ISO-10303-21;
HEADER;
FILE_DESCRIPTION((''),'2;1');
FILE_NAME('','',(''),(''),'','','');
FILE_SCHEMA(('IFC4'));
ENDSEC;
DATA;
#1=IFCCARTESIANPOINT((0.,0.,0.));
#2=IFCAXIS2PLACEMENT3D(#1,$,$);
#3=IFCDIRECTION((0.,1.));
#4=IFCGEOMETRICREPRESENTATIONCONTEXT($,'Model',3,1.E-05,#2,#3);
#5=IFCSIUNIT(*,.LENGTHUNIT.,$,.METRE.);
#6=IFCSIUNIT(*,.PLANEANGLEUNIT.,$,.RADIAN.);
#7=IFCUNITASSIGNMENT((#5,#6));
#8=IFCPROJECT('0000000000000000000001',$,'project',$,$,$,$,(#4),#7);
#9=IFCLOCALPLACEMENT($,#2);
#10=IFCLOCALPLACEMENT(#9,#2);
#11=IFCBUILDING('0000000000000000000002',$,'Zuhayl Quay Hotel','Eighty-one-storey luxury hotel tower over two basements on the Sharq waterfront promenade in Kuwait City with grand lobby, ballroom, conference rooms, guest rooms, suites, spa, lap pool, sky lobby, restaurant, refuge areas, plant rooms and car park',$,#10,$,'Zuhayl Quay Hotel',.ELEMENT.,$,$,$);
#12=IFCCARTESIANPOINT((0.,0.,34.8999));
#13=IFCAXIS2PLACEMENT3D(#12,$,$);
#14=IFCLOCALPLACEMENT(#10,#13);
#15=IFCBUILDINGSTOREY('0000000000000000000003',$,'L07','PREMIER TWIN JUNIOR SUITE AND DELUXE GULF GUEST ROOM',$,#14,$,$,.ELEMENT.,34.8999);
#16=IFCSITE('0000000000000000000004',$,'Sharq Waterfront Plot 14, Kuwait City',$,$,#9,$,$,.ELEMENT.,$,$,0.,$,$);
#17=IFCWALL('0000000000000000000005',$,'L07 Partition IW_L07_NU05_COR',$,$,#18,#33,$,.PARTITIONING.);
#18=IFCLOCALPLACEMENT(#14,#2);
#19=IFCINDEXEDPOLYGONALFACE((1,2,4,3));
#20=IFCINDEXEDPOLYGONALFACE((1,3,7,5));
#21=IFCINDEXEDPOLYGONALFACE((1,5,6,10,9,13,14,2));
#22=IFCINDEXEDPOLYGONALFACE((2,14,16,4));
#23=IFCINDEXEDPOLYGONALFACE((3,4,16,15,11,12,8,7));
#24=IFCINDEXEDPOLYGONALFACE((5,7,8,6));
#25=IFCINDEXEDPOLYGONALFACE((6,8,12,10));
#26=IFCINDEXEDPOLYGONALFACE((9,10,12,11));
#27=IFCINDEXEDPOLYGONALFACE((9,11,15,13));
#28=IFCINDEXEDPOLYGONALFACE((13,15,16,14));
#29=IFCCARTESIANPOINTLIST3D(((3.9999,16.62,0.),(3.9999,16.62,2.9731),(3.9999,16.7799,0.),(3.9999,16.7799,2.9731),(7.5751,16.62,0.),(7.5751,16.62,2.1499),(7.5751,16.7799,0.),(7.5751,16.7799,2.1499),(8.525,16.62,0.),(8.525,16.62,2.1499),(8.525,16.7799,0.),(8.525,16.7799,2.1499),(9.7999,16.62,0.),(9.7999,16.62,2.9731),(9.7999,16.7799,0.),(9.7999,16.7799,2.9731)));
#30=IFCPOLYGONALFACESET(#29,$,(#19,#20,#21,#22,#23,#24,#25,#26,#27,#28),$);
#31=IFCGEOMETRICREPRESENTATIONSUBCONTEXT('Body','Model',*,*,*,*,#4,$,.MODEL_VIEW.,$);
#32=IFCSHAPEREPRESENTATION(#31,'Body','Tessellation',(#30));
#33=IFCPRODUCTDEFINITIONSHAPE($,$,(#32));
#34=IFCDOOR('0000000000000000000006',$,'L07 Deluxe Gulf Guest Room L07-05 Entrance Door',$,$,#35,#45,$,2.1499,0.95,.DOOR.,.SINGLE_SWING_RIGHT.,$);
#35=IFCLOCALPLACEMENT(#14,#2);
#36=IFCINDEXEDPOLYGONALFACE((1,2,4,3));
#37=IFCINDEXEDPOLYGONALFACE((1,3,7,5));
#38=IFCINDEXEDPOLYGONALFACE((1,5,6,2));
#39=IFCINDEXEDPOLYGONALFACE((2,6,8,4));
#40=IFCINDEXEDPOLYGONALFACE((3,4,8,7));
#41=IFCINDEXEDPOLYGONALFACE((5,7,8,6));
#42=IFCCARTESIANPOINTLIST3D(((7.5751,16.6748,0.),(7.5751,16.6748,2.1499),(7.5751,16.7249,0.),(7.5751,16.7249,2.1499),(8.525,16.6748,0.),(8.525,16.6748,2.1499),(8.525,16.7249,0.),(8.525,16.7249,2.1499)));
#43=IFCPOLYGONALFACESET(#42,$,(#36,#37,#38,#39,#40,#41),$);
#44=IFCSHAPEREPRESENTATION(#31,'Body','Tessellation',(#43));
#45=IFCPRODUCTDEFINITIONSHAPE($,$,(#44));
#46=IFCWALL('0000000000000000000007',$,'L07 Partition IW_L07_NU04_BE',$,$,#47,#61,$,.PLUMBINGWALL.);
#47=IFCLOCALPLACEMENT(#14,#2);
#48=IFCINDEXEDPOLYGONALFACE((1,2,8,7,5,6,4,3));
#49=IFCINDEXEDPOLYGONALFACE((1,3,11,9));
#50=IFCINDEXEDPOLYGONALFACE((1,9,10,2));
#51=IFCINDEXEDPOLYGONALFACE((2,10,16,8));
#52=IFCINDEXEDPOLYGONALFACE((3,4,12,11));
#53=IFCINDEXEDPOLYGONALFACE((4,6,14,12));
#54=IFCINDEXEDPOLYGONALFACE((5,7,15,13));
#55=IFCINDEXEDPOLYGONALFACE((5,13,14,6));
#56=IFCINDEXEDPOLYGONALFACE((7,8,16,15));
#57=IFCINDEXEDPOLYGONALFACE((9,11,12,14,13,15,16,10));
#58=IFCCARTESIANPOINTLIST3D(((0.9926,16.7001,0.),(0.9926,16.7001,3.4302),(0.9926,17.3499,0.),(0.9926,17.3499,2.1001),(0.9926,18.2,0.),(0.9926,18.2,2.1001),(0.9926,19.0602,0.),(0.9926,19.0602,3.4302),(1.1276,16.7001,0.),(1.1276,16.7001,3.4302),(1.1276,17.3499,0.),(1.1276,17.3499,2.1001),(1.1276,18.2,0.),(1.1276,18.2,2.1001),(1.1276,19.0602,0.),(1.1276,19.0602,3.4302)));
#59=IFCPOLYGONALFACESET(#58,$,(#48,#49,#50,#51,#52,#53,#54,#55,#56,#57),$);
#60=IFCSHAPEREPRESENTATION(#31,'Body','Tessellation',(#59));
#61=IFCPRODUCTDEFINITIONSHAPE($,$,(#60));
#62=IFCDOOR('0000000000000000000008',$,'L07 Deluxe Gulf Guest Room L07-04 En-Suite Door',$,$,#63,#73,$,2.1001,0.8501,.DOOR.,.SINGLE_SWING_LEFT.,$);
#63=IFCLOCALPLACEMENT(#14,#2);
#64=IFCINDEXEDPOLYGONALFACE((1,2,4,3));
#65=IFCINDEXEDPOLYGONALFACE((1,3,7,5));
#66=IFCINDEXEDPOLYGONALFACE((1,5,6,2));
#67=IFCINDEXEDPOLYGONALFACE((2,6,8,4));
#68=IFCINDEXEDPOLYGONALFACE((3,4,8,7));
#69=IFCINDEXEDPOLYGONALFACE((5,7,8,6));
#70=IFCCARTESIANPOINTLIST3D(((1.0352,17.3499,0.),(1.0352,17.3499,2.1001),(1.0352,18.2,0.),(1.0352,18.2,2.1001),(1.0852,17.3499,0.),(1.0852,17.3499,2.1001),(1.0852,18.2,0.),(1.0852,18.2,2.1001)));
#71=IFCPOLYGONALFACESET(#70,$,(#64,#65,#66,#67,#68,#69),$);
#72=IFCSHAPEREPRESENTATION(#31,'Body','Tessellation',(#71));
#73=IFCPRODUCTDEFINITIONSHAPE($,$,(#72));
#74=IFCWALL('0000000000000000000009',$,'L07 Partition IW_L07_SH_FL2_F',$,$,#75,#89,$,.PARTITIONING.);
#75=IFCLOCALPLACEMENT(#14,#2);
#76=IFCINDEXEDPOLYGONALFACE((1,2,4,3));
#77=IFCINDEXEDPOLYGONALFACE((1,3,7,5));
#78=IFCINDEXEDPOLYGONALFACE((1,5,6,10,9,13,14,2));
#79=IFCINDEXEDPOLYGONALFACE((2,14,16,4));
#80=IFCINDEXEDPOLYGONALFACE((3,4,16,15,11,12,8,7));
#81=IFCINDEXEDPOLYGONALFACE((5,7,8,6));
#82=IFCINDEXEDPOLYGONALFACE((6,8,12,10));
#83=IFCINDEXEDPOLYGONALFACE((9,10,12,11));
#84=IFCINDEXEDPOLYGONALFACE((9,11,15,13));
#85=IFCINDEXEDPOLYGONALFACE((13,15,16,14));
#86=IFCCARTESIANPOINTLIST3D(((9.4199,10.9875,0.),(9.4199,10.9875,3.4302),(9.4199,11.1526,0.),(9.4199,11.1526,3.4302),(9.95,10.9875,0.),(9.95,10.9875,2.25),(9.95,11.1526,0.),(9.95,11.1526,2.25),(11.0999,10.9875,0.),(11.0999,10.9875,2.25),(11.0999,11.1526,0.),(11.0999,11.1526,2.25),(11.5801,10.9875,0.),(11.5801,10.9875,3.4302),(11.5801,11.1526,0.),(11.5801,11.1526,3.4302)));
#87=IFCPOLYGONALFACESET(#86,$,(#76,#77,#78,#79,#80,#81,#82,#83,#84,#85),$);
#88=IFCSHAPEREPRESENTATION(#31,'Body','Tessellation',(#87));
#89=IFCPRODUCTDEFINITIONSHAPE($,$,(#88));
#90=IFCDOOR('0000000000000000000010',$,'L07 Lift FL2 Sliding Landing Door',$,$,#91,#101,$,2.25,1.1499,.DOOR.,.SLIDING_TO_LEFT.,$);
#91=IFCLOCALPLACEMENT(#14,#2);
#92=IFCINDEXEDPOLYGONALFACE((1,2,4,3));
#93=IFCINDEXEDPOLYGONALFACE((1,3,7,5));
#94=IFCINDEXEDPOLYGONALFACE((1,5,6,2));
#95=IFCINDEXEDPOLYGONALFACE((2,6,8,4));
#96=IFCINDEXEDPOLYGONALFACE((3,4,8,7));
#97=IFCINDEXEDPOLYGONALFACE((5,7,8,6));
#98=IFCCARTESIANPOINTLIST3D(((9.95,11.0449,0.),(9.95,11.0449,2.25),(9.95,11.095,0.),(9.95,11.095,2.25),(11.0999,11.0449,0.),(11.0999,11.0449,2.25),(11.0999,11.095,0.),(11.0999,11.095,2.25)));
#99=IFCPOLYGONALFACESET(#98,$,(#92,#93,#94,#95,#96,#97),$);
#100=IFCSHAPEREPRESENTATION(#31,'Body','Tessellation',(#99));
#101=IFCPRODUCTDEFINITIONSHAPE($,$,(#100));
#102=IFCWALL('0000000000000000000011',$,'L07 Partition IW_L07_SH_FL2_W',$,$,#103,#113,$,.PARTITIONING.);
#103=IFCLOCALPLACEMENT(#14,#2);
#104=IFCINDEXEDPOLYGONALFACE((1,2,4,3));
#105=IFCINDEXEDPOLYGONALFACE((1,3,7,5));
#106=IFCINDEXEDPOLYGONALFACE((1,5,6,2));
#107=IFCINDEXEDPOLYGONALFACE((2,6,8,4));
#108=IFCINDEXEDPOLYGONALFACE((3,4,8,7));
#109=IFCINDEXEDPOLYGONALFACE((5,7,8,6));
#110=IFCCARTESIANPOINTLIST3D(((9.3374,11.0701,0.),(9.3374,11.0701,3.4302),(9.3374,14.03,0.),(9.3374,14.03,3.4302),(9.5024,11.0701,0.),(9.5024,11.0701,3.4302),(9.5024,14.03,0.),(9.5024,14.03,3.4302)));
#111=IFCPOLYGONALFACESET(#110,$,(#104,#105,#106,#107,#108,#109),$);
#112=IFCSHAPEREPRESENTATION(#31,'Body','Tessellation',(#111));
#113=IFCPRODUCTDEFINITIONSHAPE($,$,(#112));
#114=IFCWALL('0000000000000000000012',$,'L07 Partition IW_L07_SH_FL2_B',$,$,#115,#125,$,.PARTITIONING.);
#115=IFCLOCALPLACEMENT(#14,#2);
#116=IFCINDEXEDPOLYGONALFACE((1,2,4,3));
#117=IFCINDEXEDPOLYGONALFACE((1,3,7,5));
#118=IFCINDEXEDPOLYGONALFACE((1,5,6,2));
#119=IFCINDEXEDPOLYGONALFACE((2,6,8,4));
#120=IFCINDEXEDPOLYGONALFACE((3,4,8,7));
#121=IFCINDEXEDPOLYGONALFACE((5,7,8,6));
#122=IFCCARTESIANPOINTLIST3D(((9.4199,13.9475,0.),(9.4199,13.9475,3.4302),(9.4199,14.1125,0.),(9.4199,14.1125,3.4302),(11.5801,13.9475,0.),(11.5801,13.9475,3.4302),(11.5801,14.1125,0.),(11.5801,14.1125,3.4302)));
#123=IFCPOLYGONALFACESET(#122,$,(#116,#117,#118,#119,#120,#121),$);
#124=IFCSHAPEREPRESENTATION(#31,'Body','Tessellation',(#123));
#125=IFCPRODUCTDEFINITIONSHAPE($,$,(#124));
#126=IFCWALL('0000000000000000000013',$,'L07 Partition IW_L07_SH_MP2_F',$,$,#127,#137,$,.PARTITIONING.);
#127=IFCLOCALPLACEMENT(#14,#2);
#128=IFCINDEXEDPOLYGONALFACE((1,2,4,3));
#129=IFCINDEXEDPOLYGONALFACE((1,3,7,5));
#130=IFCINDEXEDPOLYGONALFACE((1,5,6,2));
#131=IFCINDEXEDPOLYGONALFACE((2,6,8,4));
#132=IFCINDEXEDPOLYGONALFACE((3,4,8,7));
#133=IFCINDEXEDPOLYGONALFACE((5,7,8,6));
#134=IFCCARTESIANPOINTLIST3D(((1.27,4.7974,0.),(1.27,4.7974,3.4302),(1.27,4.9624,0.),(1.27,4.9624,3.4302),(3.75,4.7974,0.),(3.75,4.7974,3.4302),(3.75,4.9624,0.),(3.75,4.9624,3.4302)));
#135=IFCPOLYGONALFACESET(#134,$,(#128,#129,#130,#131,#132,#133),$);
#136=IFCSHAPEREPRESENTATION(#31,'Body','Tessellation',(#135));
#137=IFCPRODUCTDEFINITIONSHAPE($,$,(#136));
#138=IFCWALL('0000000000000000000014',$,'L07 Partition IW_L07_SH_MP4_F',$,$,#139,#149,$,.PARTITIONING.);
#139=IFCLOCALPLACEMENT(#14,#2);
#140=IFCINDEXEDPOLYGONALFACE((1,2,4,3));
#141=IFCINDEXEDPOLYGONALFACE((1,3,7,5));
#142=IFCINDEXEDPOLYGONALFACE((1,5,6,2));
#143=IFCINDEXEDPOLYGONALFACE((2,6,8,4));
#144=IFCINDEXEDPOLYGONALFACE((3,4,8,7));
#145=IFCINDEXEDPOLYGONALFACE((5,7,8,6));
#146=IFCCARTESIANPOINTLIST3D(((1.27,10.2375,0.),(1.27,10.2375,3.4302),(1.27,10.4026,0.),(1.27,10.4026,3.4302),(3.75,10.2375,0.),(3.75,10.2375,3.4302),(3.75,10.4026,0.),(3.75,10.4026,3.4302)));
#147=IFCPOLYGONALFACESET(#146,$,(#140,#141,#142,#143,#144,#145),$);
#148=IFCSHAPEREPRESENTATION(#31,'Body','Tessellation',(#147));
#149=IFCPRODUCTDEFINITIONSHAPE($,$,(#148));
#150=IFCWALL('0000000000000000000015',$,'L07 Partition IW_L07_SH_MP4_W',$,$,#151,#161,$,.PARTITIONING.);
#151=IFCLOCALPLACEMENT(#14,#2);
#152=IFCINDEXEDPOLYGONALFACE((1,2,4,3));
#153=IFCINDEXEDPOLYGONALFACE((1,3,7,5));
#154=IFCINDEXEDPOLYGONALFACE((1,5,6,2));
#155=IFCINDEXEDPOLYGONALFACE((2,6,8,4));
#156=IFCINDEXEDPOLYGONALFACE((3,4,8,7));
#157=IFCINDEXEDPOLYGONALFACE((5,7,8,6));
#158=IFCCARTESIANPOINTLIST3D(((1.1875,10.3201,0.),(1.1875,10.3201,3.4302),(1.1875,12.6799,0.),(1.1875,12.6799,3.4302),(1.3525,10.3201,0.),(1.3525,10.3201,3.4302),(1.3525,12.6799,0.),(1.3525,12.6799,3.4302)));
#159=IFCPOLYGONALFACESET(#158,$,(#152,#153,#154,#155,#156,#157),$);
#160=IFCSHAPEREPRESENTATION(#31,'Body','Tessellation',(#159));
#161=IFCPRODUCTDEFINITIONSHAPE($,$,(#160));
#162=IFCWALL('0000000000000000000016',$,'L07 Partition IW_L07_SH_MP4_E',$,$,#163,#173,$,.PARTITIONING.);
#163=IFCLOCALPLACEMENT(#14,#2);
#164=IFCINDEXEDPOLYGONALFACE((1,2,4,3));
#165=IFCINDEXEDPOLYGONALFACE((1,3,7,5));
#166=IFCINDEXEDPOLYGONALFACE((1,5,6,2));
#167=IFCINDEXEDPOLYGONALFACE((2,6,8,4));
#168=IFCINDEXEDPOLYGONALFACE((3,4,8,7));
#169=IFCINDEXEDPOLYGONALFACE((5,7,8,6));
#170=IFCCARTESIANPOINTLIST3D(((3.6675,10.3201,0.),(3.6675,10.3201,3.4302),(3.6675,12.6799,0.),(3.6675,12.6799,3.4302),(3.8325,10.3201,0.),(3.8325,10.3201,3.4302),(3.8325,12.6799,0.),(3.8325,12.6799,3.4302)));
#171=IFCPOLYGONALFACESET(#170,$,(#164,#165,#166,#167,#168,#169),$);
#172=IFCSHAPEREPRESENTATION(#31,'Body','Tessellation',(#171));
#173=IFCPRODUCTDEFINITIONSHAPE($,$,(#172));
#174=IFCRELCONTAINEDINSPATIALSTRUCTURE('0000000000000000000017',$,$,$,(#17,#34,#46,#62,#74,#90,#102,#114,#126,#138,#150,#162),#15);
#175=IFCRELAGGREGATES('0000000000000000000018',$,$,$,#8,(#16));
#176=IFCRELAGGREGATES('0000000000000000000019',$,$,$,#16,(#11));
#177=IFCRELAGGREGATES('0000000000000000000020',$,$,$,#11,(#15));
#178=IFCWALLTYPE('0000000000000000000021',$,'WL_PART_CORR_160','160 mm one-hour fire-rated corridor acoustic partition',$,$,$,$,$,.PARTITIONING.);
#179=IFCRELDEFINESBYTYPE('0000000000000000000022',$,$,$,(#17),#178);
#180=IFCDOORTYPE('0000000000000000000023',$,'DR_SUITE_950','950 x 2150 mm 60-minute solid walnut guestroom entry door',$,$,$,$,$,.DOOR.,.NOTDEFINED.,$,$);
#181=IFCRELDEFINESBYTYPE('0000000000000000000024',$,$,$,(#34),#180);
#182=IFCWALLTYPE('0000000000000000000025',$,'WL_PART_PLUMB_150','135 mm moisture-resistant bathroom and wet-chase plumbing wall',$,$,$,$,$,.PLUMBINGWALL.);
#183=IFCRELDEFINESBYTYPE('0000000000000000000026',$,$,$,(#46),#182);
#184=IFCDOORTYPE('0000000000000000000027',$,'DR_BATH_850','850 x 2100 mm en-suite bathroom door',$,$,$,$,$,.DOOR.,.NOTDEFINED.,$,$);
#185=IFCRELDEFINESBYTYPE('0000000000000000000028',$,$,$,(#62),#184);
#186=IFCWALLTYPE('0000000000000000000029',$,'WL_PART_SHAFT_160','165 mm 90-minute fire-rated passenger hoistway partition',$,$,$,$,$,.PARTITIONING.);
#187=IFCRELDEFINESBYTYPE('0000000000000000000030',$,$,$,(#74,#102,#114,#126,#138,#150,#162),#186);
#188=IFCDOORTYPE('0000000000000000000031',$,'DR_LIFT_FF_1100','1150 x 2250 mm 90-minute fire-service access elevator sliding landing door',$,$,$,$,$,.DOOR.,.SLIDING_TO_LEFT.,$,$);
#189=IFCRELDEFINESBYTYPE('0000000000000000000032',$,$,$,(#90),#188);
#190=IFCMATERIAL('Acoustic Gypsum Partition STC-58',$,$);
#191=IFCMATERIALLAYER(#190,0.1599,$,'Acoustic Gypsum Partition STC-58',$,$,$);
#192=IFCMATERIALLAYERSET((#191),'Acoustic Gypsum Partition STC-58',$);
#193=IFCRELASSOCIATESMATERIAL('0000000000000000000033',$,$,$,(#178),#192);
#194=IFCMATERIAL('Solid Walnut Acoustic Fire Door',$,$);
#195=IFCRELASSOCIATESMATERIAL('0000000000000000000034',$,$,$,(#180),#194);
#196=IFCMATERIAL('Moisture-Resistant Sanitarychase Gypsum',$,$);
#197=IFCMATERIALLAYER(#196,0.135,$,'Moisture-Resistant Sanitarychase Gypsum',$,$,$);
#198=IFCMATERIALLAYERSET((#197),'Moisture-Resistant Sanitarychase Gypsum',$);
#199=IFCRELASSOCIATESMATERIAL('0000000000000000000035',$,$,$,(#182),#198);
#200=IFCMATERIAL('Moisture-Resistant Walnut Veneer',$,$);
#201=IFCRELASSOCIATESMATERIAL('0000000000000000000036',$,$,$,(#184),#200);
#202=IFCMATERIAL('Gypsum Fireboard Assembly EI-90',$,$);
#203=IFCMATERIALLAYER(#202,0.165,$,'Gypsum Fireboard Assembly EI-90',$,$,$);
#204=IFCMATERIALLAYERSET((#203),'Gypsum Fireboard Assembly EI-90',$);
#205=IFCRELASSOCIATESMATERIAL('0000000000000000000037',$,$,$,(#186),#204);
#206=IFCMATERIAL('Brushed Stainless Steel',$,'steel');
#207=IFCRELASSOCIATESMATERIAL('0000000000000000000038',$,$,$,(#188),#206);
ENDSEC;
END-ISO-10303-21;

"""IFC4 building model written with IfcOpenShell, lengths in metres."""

from ifc_helpers import new_model, si_unit, direction, frame, frame_2d, origin, place, context, subcontext, project, spatial, rectangle, extrude, material, layer, layer_set, type_object, element, fill, save


model = new_model("IFC4")

# Units and contexts
model_context = context("Model", 3, precision=1e-05, world=origin(), true_north=direction((0.0, 1.0)))
body_context = subcontext(model_context, "Body", "Model", "MODEL_VIEW")
ifc_project = project(units=[si_unit("LENGTHUNIT", "METRE"), si_unit("PLANEANGLEUNIT", "RADIAN")], contexts=[model_context])

# Site, building, storey
site_placement = place(None, origin())
site = spatial("IfcSite", under=ifc_project, at=site_placement, Name="Sharq Waterfront Plot 14, Kuwait City", CompositionType="ELEMENT", RefElevation=0.0)
building_placement = place(site_placement, origin())
building = spatial("IfcBuilding", under=site, at=building_placement, Name="Zuhayl Quay Hotel", Description="Eighty-one-storey luxury hotel tower over two basements on the Sharq waterfront promenade in Kuwait City with grand lobby, ballroom, conference rooms, guest rooms, suites, spa, lap pool, sky lobby, restaurant, refuge areas, plant rooms and car park", LongName="Zuhayl Quay Hotel", CompositionType="ELEMENT")
storey_placement = place(building_placement, frame((0.0, 0.0, 34.8999)))
storey = spatial("IfcBuildingStorey", under=building, at=storey_placement, Name="L07", Description="PREMIER TWIN JUNIOR SUITE AND DELUXE GULF GUEST ROOM", CompositionType="ELEMENT", Elevation=34.8999)

# Shared definitions
ifc_material_1 = material(Name="Acoustic Gypsum Partition STC-58")

# Walls, openings, doors
ifc_layer_1 = layer(ifc_material_1, 0.1599, Name="Acoustic Gypsum Partition STC-58")
ifc_layer_set_1 = layer_set([ifc_layer_1], Name="Acoustic Gypsum Partition STC-58")
wall_type_1 = type_object("IfcWallType", Name="WL_PART_CORR_160", Description="160 mm one-hour fire-rated corridor acoustic partition", PredefinedType="PARTITIONING", material=ifc_layer_set_1)
wall_1_placement = place(storey_placement, frame((4.0, 16.7, 0.0), z_axis=(0.0, 0.0, 1.0), x_axis=(1.0, 0.0, 0.0)))
wall_1 = element("IfcWall", 1, at=wall_1_placement, inside=storey, type_object=wall_type_1, Name="L07 Partition IW_L07_NU05_COR", PredefinedType="PARTITIONING", context=body_context, shape_type="SweptSolid", body=[
    extrude(rectangle(XDim=5.8, YDim=0.1599, at=frame_2d((2.8999, 0.0))), origin(), (0.0, 0.0, 1.0), 2.9731),
])
opening_1_placement = place(wall_1_placement, frame((3.575, 0.0, 0.0)))
opening_1 = element("IfcOpeningElement", 2, at=opening_1_placement, cuts=wall_1, PredefinedType="OPENING", context=body_context, shape_type="SweptSolid", body=[
    extrude(rectangle(XDim=0.95, YDim=2.1499, at=frame_2d((0.4751, 1.075))), frame((0.0, 0.0898, 0.0), z_axis=(0.0, -1.0, 0.0), x_axis=(1.0, 0.0, 0.0)), (0.0, 0.0, 1.0), 0.1799),
])
ifc_material_2 = material(Name="Solid Walnut Acoustic Fire Door")
door_type_1 = type_object("IfcDoorType", Name="DR_SUITE_950", Description="950 x 2150 mm 60-minute solid walnut guestroom entry door", OperationType="NOTDEFINED", PredefinedType="DOOR", material=ifc_material_2)
door_1_placement = place(opening_1_placement, origin())
door_1 = element("IfcDoor", 3, at=door_1_placement, inside=storey, type_object=door_type_1, Name="L07 Deluxe Gulf Guest Room L07-05 Entrance Door", OperationType="SINGLE_SWING_RIGHT", OverallHeight=2.1499, OverallWidth=0.95, PredefinedType="DOOR", context=body_context, shape_type="SweptSolid", body=[
    extrude(rectangle(XDim=0.95, YDim=2.1499, at=frame_2d((0.4751, 1.075))), frame((0.0, 0.0249, 0.0), z_axis=(0.0, -1.0, 0.0), x_axis=(1.0, 0.0, 0.0)), (0.0, 0.0, 1.0), 0.05),
])
fill(opening_1, door_1)
ifc_material_3 = material(Name="Moisture-Resistant Sanitarychase Gypsum")
ifc_layer_2 = layer(ifc_material_3, 0.135, Name="Moisture-Resistant Sanitarychase Gypsum")
ifc_layer_set_2 = layer_set([ifc_layer_2], Name="Moisture-Resistant Sanitarychase Gypsum")
wall_type_2 = type_object("IfcWallType", Name="WL_PART_PLUMB_150", Description="135 mm moisture-resistant bathroom and wet-chase plumbing wall", PredefinedType="PLUMBINGWALL", material=ifc_layer_set_2)
wall_2_placement = place(storey_placement, frame((1.0601, 16.7, 0.0), z_axis=(0.0, 0.0, 1.0), x_axis=(0.0, 1.0, 0.0)))
wall_2 = element("IfcWall", 4, at=wall_2_placement, inside=storey, type_object=wall_type_2, Name="L07 Partition IW_L07_NU04_BE", PredefinedType="PLUMBINGWALL", context=body_context, shape_type="SweptSolid", body=[
    extrude(rectangle(XDim=2.3601, YDim=0.135, at=frame_2d((1.1802, 0.0))), origin(), (0.0, 0.0, 1.0), 3.4302),
])
opening_2_placement = place(wall_2_placement, frame((0.6499, 0.0, 0.0)))
opening_2 = element("IfcOpeningElement", 5, at=opening_2_placement, cuts=wall_2, PredefinedType="OPENING", context=body_context, shape_type="SweptSolid", body=[
    extrude(rectangle(XDim=0.8501, YDim=2.1001, at=frame_2d((0.425, 1.05))), frame((0.0, 0.0774, 0.0), z_axis=(0.0, -1.0, 0.0), x_axis=(1.0, 0.0, 0.0)), (0.0, 0.0, 1.0), 0.155),
])
ifc_material_4 = material(Name="Moisture-Resistant Walnut Veneer")
door_type_2 = type_object("IfcDoorType", Name="DR_BATH_850", Description="850 x 2100 mm en-suite bathroom door", OperationType="NOTDEFINED", PredefinedType="DOOR", material=ifc_material_4)
door_2_placement = place(opening_2_placement, origin())
door_2 = element("IfcDoor", 6, at=door_2_placement, inside=storey, type_object=door_type_2, Name="L07 Deluxe Gulf Guest Room L07-04 En-Suite Door", OperationType="SINGLE_SWING_LEFT", OverallHeight=2.1001, OverallWidth=0.8501, PredefinedType="DOOR", context=body_context, shape_type="SweptSolid", body=[
    extrude(rectangle(XDim=0.8501, YDim=2.1001, at=frame_2d((0.425, 1.05))), frame((0.0, 0.0249, 0.0), z_axis=(0.0, -1.0, 0.0), x_axis=(1.0, 0.0, 0.0)), (0.0, 0.0, 1.0), 0.05),
])
fill(opening_2, door_2)
ifc_material_5 = material(Name="Gypsum Fireboard Assembly EI-90")
ifc_layer_3 = layer(ifc_material_5, 0.165, Name="Gypsum Fireboard Assembly EI-90")
ifc_layer_set_3 = layer_set([ifc_layer_3], Name="Gypsum Fireboard Assembly EI-90")
wall_type_3 = type_object("IfcWallType", Name="WL_PART_SHAFT_160", Description="165 mm 90-minute fire-rated passenger hoistway partition", PredefinedType="PARTITIONING", material=ifc_layer_set_3)
wall_3_placement = place(storey_placement, frame((9.4199, 11.0701, 0.0), z_axis=(0.0, 0.0, 1.0), x_axis=(1.0, 0.0, 0.0)))
wall_3 = element("IfcWall", 7, at=wall_3_placement, inside=storey, type_object=wall_type_3, Name="L07 Partition IW_L07_SH_FL2_F", PredefinedType="PARTITIONING", context=body_context, shape_type="SweptSolid", body=[
    extrude(rectangle(XDim=2.1602, YDim=0.165, at=frame_2d((1.0801, 0.0))), origin(), (0.0, 0.0, 1.0), 3.4302),
])
opening_3_placement = place(wall_3_placement, frame((0.53, 0.0, 0.0)))
opening_3 = element("IfcOpeningElement", 8, at=opening_3_placement, cuts=wall_3, PredefinedType="OPENING", context=body_context, shape_type="SweptSolid", body=[
    extrude(rectangle(XDim=1.1499, YDim=2.25, at=frame_2d((0.575, 1.125))), frame((0.0, 0.0925, 0.0), z_axis=(0.0, -1.0, 0.0), x_axis=(1.0, 0.0, 0.0)), (0.0, 0.0, 1.0), 0.1851),
])
ifc_material_6 = material(Name="Brushed Stainless Steel", Category="steel")
door_type_3 = type_object("IfcDoorType", Name="DR_LIFT_FF_1100", Description="1150 x 2250 mm 90-minute fire-service access elevator sliding landing door", OperationType="SLIDING_TO_LEFT", PredefinedType="DOOR", material=ifc_material_6)
door_3_placement = place(opening_3_placement, origin())
door_3 = element("IfcDoor", 9, at=door_3_placement, inside=storey, type_object=door_type_3, Name="L07 Lift FL2 Sliding Landing Door", OperationType="SLIDING_TO_LEFT", OverallHeight=2.25, OverallWidth=1.1499, PredefinedType="DOOR", context=body_context, shape_type="SweptSolid", body=[
    extrude(rectangle(XDim=1.1499, YDim=2.25, at=frame_2d((0.575, 1.125))), frame((0.0, 0.0249, 0.0), z_axis=(0.0, -1.0, 0.0), x_axis=(1.0, 0.0, 0.0)), (0.0, 0.0, 1.0), 0.05),
])
fill(opening_3, door_3)

# Walls
wall_4_placement = place(storey_placement, frame((9.4199, 11.0701, 0.0), z_axis=(0.0, 0.0, 1.0), x_axis=(0.0, 1.0, 0.0)))
element("IfcWall", 10, at=wall_4_placement, inside=storey, type_object=wall_type_3, Name="L07 Partition IW_L07_SH_FL2_W", PredefinedType="PARTITIONING", context=body_context, shape_type="SweptSolid", body=[
    extrude(rectangle(XDim=2.96, YDim=0.165, at=frame_2d((1.48, 0.0))), origin(), (0.0, 0.0, 1.0), 3.4302),
])
wall_5_placement = place(storey_placement, frame((9.4199, 14.03, 0.0), z_axis=(0.0, 0.0, 1.0), x_axis=(1.0, 0.0, 0.0)))
element("IfcWall", 11, at=wall_5_placement, inside=storey, type_object=wall_type_3, Name="L07 Partition IW_L07_SH_FL2_B", PredefinedType="PARTITIONING", context=body_context, shape_type="SweptSolid", body=[
    extrude(rectangle(XDim=2.1602, YDim=0.165, at=frame_2d((1.0801, 0.0))), origin(), (0.0, 0.0, 1.0), 3.4302),
])
for number, where, z_axis, x_axis, name in (
    (12, (1.27, 4.8799, 0.0), (0.0, 0.0, 1.0), (1.0, 0.0, 0.0), "L07 Partition IW_L07_SH_MP2_F"),
    (13, (1.27, 10.3201, 0.0), (0.0, 0.0, 1.0), (1.0, 0.0, 0.0), "L07 Partition IW_L07_SH_MP4_F"),
):
    element("IfcWall", number, at=place(storey_placement, frame(where, z_axis=z_axis, x_axis=x_axis)), inside=storey, type_object=wall_type_3, Name=name, PredefinedType="PARTITIONING", context=body_context, shape_type="SweptSolid", body=[
        extrude(rectangle(XDim=2.48, YDim=0.165, at=frame_2d((1.24, 0.0))), origin(), (0.0, 0.0, 1.0), 3.4302),
    ])
for number, where, z_axis, x_axis, name in (
    (14, (1.27, 10.3201, 0.0), (0.0, 0.0, 1.0), (0.0, 1.0, 0.0), "L07 Partition IW_L07_SH_MP4_W"),
    (15, (3.75, 10.3201, 0.0), (0.0, 0.0, 1.0), (0.0, 1.0, 0.0), "L07 Partition IW_L07_SH_MP4_E"),
):
    element("IfcWall", number, at=place(storey_placement, frame(where, z_axis=z_axis, x_axis=x_axis)), inside=storey, type_object=wall_type_3, Name=name, PredefinedType="PARTITIONING", context=body_context, shape_type="SweptSolid", body=[
        extrude(rectangle(XDim=2.3599, YDim=0.165, at=frame_2d((1.1799, 0.0))), origin(), (0.0, 0.0, 1.0), 3.4302),
    ])

save(model, "model.ifc")
